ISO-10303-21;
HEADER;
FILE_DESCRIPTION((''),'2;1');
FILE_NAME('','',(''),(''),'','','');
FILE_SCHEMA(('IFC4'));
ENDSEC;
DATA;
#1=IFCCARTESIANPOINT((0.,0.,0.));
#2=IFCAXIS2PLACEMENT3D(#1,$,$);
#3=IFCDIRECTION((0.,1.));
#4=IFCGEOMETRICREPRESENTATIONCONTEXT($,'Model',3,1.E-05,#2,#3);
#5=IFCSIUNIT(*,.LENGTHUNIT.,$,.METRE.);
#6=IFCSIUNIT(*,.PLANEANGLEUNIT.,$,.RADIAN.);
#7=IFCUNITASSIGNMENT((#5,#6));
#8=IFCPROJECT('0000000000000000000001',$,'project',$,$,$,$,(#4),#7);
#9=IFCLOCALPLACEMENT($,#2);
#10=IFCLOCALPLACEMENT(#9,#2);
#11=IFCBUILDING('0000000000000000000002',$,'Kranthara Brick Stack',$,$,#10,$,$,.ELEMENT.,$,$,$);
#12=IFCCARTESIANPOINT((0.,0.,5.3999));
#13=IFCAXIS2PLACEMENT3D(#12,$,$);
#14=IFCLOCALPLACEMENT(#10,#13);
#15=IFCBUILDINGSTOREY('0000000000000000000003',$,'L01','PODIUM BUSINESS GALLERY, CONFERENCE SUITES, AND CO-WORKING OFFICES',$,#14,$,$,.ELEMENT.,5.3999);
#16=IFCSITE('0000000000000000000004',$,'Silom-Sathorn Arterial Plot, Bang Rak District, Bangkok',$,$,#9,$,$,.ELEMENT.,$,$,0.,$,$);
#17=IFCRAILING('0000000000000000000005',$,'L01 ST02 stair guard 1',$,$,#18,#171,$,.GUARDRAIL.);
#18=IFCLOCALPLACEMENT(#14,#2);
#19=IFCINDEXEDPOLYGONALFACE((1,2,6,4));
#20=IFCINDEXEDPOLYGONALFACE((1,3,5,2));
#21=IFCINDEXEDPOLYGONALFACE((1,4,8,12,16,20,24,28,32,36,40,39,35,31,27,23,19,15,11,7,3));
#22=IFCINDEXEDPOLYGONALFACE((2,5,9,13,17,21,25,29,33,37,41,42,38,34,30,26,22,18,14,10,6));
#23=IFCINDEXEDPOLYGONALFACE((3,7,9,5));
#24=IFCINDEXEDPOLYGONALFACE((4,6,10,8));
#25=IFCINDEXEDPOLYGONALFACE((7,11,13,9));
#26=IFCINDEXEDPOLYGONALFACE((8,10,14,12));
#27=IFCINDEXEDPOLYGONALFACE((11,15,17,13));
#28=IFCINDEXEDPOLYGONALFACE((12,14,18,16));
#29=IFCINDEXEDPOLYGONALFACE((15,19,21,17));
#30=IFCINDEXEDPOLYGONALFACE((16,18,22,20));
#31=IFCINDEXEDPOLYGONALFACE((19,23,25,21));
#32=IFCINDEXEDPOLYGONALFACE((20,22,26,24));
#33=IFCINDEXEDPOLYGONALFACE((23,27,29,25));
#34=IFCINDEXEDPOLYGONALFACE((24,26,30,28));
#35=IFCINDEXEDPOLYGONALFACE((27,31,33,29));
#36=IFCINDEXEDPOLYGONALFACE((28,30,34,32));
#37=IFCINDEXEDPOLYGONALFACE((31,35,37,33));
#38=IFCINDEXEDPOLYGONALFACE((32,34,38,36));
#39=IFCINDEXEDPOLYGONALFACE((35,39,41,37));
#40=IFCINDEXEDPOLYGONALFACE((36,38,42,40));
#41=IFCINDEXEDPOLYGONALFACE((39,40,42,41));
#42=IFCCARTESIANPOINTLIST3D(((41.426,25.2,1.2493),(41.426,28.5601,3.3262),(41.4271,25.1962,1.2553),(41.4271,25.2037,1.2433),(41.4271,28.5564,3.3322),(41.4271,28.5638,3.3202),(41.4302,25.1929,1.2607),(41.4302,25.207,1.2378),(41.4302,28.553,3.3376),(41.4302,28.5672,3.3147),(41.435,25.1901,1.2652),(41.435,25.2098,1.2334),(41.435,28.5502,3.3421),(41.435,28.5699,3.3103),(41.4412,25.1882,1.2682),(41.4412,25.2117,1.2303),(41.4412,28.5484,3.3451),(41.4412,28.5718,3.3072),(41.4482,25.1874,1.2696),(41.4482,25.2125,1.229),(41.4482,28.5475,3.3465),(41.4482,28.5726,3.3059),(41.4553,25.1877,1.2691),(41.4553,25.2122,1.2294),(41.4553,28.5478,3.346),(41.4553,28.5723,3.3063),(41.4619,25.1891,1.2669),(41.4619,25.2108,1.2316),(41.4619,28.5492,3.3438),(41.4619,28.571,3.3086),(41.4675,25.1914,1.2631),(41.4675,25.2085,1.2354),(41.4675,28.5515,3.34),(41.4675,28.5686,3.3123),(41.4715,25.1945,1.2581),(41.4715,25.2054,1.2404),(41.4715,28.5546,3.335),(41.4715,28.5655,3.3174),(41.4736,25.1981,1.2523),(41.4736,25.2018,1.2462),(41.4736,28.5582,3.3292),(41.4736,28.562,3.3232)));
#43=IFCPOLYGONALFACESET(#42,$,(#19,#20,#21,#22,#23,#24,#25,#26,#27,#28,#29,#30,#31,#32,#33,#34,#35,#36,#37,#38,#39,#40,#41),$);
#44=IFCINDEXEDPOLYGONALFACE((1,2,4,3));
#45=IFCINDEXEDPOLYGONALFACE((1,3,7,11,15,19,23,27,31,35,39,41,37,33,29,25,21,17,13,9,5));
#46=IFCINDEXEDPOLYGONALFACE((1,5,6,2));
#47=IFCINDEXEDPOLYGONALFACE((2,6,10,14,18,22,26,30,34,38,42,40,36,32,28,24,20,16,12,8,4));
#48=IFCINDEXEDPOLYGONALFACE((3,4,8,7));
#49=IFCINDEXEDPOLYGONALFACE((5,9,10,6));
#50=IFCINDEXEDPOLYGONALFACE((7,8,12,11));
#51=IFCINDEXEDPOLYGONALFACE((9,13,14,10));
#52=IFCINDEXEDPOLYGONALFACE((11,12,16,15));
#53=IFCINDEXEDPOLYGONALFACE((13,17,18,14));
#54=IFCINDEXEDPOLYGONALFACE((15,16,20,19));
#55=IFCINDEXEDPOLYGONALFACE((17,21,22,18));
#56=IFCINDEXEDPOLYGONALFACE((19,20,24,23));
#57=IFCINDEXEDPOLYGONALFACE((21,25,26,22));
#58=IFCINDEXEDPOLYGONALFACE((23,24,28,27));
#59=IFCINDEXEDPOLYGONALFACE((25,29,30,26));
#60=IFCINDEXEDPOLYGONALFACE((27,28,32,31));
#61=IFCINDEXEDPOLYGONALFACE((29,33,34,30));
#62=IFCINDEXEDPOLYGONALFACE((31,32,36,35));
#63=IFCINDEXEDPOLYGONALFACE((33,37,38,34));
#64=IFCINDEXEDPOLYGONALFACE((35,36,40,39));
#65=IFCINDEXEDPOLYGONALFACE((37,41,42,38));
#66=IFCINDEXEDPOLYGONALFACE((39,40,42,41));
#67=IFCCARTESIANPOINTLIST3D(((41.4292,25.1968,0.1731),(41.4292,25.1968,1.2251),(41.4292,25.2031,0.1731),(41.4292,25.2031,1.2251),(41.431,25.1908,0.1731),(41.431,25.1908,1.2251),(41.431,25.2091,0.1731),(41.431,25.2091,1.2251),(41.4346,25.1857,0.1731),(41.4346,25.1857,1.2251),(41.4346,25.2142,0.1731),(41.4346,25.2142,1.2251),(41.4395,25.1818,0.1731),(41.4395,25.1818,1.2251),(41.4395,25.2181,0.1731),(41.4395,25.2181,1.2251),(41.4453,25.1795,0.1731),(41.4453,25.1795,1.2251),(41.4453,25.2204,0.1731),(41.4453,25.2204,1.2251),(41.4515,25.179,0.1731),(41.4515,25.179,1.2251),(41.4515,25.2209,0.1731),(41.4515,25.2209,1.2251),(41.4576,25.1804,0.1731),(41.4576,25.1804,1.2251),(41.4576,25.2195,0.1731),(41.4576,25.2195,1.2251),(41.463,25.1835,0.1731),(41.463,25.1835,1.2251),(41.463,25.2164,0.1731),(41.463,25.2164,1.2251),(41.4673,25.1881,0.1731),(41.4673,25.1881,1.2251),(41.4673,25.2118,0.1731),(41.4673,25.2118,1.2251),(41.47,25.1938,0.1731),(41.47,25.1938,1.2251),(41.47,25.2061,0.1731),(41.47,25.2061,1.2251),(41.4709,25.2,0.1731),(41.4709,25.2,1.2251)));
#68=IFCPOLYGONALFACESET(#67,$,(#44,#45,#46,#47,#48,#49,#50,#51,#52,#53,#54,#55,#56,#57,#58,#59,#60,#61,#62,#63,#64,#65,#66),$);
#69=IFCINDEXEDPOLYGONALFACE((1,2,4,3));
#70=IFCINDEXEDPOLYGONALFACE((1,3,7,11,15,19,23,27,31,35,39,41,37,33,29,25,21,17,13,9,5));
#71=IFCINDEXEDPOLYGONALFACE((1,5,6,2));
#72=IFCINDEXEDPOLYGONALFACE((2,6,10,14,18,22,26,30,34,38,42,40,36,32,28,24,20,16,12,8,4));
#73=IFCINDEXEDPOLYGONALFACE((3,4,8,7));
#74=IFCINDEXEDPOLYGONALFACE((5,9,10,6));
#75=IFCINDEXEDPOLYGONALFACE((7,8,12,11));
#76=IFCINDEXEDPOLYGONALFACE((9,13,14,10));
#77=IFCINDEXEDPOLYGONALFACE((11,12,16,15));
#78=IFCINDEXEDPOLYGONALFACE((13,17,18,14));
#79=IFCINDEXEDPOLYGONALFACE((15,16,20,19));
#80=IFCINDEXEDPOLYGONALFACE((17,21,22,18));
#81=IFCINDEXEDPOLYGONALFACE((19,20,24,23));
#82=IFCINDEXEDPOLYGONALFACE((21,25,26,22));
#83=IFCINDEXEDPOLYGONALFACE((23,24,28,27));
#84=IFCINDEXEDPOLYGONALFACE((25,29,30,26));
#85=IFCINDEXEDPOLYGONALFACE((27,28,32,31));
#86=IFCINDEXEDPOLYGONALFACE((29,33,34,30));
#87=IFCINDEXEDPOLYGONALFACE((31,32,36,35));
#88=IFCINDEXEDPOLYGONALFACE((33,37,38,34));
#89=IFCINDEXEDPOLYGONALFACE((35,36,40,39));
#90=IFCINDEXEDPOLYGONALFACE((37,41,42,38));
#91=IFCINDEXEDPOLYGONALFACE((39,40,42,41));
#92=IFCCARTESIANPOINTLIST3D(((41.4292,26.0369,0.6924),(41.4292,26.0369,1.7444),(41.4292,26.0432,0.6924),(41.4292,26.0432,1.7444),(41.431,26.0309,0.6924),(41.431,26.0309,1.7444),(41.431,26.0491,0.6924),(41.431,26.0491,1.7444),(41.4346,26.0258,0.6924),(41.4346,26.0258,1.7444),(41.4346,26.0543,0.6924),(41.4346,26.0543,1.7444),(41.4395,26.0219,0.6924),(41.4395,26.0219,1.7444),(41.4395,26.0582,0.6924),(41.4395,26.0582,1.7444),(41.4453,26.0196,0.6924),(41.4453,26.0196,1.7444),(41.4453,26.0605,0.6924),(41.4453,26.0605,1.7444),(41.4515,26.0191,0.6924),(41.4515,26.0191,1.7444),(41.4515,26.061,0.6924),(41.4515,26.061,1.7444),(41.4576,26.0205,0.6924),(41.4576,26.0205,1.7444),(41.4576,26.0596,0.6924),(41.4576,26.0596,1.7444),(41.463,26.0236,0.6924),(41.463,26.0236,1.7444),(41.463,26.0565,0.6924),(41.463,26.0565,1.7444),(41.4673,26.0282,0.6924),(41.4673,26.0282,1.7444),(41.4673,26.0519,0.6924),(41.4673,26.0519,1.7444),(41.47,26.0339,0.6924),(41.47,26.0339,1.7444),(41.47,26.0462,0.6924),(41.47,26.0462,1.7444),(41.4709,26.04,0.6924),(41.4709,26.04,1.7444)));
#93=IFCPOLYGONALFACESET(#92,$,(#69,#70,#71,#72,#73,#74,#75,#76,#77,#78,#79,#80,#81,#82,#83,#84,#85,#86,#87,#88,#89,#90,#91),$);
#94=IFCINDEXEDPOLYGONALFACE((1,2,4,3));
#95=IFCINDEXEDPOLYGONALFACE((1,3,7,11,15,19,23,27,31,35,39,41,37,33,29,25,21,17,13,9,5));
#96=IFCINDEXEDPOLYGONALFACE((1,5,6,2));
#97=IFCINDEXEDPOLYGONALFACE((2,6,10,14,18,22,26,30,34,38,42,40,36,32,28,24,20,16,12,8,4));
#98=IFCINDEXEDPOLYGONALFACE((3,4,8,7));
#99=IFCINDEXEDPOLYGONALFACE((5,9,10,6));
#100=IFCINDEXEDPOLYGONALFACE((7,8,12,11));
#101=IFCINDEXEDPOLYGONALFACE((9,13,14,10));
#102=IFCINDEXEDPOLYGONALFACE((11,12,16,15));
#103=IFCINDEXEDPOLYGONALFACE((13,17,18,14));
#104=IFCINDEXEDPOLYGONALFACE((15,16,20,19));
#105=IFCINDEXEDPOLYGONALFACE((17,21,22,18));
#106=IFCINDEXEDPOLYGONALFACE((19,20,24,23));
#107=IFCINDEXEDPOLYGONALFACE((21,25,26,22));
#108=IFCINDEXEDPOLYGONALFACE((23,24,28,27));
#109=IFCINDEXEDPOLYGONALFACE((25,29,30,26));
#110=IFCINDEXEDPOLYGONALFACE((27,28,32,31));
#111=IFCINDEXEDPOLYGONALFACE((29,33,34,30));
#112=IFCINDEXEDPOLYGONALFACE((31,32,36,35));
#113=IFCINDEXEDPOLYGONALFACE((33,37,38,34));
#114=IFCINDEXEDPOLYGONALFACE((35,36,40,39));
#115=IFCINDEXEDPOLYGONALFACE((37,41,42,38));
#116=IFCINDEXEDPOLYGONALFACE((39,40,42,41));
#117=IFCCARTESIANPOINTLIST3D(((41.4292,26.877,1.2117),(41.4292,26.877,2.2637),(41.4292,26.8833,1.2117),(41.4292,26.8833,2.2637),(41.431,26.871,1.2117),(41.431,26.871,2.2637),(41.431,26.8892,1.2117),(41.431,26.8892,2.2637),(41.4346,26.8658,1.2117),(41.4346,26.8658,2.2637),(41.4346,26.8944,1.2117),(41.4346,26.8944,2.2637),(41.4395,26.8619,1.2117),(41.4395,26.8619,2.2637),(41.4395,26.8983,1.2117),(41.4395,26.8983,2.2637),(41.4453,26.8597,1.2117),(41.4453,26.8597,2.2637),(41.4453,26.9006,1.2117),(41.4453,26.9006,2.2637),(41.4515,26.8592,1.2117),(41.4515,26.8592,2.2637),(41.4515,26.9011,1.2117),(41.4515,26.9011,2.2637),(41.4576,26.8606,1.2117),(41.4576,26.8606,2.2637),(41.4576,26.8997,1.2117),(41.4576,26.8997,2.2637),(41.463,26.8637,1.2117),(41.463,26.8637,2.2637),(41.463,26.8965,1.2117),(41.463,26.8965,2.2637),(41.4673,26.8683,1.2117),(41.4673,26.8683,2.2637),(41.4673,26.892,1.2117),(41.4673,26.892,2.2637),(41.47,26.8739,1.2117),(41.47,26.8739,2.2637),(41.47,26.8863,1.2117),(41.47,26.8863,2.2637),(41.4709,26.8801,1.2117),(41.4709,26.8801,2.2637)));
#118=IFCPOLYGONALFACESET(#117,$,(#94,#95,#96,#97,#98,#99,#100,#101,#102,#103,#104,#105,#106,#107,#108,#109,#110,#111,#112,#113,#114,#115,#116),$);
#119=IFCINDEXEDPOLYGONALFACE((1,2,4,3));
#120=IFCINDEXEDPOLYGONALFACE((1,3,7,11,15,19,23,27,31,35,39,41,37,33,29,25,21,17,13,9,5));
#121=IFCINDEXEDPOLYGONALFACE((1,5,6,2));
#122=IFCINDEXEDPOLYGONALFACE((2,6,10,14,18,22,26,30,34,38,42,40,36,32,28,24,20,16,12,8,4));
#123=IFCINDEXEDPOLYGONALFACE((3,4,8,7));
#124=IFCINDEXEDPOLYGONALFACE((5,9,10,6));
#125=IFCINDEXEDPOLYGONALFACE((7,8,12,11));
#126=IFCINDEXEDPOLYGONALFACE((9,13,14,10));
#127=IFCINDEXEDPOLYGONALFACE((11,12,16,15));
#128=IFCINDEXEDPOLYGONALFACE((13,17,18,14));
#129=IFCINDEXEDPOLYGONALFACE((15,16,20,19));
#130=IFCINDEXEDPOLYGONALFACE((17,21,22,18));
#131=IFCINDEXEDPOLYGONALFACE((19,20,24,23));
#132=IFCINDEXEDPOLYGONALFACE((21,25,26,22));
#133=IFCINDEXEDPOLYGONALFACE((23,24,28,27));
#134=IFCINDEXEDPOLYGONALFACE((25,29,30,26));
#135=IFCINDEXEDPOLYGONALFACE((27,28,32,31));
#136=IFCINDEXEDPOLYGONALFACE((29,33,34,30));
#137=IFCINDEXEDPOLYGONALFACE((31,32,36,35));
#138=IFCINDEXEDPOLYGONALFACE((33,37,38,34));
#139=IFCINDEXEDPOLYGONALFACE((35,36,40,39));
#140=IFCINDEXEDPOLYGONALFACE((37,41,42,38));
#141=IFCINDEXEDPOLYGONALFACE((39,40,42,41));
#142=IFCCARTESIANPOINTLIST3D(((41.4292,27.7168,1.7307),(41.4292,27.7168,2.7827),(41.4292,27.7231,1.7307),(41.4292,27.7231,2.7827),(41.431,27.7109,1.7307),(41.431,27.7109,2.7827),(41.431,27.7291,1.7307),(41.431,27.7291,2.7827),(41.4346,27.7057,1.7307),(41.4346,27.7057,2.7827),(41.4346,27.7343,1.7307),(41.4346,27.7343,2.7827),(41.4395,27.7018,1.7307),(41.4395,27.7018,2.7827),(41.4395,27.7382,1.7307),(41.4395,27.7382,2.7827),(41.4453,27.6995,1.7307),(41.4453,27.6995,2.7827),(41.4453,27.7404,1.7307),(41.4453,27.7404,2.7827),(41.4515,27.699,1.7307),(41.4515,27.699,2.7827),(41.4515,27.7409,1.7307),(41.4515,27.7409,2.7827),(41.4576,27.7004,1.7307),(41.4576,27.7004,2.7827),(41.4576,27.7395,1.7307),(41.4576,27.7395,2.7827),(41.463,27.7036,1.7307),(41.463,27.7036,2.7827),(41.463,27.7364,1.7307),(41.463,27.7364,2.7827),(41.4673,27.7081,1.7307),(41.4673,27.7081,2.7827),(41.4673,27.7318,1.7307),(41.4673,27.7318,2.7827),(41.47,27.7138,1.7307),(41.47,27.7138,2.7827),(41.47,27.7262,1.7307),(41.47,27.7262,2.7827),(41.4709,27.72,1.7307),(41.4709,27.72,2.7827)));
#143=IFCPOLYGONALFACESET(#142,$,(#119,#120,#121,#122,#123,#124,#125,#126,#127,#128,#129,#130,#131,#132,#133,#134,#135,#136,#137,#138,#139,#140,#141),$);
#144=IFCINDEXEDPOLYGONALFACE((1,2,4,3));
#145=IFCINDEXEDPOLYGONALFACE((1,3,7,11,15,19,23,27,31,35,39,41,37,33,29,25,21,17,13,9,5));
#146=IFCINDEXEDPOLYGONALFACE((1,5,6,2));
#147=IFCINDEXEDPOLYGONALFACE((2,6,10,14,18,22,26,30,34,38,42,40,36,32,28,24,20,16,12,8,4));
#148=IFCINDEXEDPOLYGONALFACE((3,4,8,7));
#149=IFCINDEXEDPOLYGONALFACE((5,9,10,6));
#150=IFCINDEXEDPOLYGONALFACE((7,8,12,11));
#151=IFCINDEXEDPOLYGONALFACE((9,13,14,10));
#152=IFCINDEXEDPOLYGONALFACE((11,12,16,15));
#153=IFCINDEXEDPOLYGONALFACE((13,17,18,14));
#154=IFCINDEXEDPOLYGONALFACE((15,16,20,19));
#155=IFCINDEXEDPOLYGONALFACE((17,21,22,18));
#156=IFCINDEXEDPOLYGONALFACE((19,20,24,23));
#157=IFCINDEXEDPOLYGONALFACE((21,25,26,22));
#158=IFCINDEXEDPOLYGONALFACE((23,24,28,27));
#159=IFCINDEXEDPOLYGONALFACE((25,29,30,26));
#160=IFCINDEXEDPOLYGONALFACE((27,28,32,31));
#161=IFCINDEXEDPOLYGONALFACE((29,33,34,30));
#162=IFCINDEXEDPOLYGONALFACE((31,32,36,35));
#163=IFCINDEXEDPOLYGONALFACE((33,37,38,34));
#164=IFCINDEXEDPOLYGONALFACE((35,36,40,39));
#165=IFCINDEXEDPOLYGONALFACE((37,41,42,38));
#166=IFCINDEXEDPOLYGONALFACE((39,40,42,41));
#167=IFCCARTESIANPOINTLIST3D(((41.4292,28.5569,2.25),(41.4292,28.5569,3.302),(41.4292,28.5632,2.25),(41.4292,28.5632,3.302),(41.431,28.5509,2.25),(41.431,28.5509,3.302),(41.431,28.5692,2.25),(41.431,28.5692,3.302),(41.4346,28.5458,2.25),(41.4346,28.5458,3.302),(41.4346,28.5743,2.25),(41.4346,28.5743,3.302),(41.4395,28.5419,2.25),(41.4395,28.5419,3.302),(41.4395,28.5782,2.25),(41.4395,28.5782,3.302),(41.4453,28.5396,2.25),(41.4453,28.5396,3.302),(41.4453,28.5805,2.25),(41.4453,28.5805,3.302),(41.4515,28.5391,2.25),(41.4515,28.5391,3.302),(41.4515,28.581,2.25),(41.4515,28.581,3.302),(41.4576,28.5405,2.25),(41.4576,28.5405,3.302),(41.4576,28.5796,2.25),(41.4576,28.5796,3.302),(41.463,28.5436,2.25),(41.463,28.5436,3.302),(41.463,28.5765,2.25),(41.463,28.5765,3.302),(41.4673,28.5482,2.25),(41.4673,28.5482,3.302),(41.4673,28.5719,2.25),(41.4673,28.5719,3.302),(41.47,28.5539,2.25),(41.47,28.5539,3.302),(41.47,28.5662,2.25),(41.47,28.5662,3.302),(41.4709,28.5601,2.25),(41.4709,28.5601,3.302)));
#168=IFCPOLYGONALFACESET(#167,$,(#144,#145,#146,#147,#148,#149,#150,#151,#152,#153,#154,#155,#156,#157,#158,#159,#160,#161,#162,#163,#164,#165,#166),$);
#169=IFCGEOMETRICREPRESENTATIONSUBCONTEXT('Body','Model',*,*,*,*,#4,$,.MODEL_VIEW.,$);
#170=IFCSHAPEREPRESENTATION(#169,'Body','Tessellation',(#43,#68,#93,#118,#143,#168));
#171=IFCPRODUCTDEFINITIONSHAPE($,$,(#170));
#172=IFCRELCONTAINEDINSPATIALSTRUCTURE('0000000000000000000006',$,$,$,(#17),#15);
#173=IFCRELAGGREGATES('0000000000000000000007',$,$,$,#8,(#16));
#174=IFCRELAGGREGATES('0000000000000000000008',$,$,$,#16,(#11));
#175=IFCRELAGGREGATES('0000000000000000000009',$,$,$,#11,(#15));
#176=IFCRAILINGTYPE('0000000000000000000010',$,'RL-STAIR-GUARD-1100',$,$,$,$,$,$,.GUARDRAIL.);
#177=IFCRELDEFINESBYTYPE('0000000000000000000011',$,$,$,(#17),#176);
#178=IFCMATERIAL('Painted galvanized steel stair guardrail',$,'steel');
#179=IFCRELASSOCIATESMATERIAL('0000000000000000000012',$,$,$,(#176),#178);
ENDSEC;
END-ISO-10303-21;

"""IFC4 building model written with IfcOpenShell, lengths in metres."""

from ifc_helpers import new_model, si_unit, direction, frame, origin, origin_2d, place, context, subcontext, project, spatial, circle, extrude, material, type_object, element, save


model = new_model("IFC4")

# Units and contexts
model_context = context("Model", 3, precision=1e-05, world=origin(), true_north=direction((0.0, 1.0)))
body_context = subcontext(model_context, "Body", "Model", "MODEL_VIEW")
ifc_project = project(units=[si_unit("LENGTHUNIT", "METRE"), si_unit("PLANEANGLEUNIT", "RADIAN")], contexts=[model_context])

# Site, building, storey
site_placement = place(None, origin())
site = spatial("IfcSite", under=ifc_project, at=site_placement, Name="Silom-Sathorn Arterial Plot, Bang Rak District, Bangkok", CompositionType="ELEMENT", RefElevation=0.0)
building_placement = place(site_placement, origin())
building = spatial("IfcBuilding", under=site, at=building_placement, Name="Kranthara Brick Stack", CompositionType="ELEMENT")
storey_placement = place(building_placement, frame((0.0, 0.0, 5.3999)))
storey = spatial("IfcBuildingStorey", under=building, at=storey_placement, Name="L01", Description="PODIUM BUSINESS GALLERY, CONFERENCE SUITES, AND CO-WORKING OFFICES", CompositionType="ELEMENT", Elevation=5.3999)

# Railing
ifc_material_1 = material(Name="Painted galvanized steel stair guardrail", Category="steel")
railing_type_1 = type_object("IfcRailingType", Name="RL-STAIR-GUARD-1100", PredefinedType="GUARDRAIL", material=ifc_material_1)
railing_1_placement = place(storey_placement, frame((41.45, 25.2, 0.1731)))
element("IfcRailing", 1, at=railing_1_placement, inside=storey, type_object=railing_type_1, Name="L01 ST02 stair guard 1", PredefinedType="GUARDRAIL", context=body_context, shape_type="SweptSolid", body=[
    extrude(circle(Radius=0.0239, at=origin_2d()), frame((0.0, 0.0, 1.0762), z_axis=(0.0, 0.850623, 0.525776), x_axis=(-1.0, 0.0, 0.0)), (0.0, 0.0, 1.0), 3.9502),
    extrude(circle(Radius=0.021, at=origin_2d()), origin(), (0.0, 0.0, 1.0), 1.052),
    extrude(circle(Radius=0.021, at=origin_2d()), frame((0.0, 0.8401, 0.5193)), (0.0, 0.0, 1.0), 1.052),
    extrude(circle(Radius=0.021, at=origin_2d()), frame((0.0, 1.6802, 1.0386)), (0.0, 0.0, 1.0), 1.052),
    extrude(circle(Radius=0.021, at=origin_2d()), frame((0.0, 2.52, 1.5576)), (0.0, 0.0, 1.0), 1.052),
    extrude(circle(Radius=0.021, at=origin_2d()), frame((0.0, 3.3601, 2.0769)), (0.0, 0.0, 1.0), 1.052),
])

save(model, "model.ifc")
